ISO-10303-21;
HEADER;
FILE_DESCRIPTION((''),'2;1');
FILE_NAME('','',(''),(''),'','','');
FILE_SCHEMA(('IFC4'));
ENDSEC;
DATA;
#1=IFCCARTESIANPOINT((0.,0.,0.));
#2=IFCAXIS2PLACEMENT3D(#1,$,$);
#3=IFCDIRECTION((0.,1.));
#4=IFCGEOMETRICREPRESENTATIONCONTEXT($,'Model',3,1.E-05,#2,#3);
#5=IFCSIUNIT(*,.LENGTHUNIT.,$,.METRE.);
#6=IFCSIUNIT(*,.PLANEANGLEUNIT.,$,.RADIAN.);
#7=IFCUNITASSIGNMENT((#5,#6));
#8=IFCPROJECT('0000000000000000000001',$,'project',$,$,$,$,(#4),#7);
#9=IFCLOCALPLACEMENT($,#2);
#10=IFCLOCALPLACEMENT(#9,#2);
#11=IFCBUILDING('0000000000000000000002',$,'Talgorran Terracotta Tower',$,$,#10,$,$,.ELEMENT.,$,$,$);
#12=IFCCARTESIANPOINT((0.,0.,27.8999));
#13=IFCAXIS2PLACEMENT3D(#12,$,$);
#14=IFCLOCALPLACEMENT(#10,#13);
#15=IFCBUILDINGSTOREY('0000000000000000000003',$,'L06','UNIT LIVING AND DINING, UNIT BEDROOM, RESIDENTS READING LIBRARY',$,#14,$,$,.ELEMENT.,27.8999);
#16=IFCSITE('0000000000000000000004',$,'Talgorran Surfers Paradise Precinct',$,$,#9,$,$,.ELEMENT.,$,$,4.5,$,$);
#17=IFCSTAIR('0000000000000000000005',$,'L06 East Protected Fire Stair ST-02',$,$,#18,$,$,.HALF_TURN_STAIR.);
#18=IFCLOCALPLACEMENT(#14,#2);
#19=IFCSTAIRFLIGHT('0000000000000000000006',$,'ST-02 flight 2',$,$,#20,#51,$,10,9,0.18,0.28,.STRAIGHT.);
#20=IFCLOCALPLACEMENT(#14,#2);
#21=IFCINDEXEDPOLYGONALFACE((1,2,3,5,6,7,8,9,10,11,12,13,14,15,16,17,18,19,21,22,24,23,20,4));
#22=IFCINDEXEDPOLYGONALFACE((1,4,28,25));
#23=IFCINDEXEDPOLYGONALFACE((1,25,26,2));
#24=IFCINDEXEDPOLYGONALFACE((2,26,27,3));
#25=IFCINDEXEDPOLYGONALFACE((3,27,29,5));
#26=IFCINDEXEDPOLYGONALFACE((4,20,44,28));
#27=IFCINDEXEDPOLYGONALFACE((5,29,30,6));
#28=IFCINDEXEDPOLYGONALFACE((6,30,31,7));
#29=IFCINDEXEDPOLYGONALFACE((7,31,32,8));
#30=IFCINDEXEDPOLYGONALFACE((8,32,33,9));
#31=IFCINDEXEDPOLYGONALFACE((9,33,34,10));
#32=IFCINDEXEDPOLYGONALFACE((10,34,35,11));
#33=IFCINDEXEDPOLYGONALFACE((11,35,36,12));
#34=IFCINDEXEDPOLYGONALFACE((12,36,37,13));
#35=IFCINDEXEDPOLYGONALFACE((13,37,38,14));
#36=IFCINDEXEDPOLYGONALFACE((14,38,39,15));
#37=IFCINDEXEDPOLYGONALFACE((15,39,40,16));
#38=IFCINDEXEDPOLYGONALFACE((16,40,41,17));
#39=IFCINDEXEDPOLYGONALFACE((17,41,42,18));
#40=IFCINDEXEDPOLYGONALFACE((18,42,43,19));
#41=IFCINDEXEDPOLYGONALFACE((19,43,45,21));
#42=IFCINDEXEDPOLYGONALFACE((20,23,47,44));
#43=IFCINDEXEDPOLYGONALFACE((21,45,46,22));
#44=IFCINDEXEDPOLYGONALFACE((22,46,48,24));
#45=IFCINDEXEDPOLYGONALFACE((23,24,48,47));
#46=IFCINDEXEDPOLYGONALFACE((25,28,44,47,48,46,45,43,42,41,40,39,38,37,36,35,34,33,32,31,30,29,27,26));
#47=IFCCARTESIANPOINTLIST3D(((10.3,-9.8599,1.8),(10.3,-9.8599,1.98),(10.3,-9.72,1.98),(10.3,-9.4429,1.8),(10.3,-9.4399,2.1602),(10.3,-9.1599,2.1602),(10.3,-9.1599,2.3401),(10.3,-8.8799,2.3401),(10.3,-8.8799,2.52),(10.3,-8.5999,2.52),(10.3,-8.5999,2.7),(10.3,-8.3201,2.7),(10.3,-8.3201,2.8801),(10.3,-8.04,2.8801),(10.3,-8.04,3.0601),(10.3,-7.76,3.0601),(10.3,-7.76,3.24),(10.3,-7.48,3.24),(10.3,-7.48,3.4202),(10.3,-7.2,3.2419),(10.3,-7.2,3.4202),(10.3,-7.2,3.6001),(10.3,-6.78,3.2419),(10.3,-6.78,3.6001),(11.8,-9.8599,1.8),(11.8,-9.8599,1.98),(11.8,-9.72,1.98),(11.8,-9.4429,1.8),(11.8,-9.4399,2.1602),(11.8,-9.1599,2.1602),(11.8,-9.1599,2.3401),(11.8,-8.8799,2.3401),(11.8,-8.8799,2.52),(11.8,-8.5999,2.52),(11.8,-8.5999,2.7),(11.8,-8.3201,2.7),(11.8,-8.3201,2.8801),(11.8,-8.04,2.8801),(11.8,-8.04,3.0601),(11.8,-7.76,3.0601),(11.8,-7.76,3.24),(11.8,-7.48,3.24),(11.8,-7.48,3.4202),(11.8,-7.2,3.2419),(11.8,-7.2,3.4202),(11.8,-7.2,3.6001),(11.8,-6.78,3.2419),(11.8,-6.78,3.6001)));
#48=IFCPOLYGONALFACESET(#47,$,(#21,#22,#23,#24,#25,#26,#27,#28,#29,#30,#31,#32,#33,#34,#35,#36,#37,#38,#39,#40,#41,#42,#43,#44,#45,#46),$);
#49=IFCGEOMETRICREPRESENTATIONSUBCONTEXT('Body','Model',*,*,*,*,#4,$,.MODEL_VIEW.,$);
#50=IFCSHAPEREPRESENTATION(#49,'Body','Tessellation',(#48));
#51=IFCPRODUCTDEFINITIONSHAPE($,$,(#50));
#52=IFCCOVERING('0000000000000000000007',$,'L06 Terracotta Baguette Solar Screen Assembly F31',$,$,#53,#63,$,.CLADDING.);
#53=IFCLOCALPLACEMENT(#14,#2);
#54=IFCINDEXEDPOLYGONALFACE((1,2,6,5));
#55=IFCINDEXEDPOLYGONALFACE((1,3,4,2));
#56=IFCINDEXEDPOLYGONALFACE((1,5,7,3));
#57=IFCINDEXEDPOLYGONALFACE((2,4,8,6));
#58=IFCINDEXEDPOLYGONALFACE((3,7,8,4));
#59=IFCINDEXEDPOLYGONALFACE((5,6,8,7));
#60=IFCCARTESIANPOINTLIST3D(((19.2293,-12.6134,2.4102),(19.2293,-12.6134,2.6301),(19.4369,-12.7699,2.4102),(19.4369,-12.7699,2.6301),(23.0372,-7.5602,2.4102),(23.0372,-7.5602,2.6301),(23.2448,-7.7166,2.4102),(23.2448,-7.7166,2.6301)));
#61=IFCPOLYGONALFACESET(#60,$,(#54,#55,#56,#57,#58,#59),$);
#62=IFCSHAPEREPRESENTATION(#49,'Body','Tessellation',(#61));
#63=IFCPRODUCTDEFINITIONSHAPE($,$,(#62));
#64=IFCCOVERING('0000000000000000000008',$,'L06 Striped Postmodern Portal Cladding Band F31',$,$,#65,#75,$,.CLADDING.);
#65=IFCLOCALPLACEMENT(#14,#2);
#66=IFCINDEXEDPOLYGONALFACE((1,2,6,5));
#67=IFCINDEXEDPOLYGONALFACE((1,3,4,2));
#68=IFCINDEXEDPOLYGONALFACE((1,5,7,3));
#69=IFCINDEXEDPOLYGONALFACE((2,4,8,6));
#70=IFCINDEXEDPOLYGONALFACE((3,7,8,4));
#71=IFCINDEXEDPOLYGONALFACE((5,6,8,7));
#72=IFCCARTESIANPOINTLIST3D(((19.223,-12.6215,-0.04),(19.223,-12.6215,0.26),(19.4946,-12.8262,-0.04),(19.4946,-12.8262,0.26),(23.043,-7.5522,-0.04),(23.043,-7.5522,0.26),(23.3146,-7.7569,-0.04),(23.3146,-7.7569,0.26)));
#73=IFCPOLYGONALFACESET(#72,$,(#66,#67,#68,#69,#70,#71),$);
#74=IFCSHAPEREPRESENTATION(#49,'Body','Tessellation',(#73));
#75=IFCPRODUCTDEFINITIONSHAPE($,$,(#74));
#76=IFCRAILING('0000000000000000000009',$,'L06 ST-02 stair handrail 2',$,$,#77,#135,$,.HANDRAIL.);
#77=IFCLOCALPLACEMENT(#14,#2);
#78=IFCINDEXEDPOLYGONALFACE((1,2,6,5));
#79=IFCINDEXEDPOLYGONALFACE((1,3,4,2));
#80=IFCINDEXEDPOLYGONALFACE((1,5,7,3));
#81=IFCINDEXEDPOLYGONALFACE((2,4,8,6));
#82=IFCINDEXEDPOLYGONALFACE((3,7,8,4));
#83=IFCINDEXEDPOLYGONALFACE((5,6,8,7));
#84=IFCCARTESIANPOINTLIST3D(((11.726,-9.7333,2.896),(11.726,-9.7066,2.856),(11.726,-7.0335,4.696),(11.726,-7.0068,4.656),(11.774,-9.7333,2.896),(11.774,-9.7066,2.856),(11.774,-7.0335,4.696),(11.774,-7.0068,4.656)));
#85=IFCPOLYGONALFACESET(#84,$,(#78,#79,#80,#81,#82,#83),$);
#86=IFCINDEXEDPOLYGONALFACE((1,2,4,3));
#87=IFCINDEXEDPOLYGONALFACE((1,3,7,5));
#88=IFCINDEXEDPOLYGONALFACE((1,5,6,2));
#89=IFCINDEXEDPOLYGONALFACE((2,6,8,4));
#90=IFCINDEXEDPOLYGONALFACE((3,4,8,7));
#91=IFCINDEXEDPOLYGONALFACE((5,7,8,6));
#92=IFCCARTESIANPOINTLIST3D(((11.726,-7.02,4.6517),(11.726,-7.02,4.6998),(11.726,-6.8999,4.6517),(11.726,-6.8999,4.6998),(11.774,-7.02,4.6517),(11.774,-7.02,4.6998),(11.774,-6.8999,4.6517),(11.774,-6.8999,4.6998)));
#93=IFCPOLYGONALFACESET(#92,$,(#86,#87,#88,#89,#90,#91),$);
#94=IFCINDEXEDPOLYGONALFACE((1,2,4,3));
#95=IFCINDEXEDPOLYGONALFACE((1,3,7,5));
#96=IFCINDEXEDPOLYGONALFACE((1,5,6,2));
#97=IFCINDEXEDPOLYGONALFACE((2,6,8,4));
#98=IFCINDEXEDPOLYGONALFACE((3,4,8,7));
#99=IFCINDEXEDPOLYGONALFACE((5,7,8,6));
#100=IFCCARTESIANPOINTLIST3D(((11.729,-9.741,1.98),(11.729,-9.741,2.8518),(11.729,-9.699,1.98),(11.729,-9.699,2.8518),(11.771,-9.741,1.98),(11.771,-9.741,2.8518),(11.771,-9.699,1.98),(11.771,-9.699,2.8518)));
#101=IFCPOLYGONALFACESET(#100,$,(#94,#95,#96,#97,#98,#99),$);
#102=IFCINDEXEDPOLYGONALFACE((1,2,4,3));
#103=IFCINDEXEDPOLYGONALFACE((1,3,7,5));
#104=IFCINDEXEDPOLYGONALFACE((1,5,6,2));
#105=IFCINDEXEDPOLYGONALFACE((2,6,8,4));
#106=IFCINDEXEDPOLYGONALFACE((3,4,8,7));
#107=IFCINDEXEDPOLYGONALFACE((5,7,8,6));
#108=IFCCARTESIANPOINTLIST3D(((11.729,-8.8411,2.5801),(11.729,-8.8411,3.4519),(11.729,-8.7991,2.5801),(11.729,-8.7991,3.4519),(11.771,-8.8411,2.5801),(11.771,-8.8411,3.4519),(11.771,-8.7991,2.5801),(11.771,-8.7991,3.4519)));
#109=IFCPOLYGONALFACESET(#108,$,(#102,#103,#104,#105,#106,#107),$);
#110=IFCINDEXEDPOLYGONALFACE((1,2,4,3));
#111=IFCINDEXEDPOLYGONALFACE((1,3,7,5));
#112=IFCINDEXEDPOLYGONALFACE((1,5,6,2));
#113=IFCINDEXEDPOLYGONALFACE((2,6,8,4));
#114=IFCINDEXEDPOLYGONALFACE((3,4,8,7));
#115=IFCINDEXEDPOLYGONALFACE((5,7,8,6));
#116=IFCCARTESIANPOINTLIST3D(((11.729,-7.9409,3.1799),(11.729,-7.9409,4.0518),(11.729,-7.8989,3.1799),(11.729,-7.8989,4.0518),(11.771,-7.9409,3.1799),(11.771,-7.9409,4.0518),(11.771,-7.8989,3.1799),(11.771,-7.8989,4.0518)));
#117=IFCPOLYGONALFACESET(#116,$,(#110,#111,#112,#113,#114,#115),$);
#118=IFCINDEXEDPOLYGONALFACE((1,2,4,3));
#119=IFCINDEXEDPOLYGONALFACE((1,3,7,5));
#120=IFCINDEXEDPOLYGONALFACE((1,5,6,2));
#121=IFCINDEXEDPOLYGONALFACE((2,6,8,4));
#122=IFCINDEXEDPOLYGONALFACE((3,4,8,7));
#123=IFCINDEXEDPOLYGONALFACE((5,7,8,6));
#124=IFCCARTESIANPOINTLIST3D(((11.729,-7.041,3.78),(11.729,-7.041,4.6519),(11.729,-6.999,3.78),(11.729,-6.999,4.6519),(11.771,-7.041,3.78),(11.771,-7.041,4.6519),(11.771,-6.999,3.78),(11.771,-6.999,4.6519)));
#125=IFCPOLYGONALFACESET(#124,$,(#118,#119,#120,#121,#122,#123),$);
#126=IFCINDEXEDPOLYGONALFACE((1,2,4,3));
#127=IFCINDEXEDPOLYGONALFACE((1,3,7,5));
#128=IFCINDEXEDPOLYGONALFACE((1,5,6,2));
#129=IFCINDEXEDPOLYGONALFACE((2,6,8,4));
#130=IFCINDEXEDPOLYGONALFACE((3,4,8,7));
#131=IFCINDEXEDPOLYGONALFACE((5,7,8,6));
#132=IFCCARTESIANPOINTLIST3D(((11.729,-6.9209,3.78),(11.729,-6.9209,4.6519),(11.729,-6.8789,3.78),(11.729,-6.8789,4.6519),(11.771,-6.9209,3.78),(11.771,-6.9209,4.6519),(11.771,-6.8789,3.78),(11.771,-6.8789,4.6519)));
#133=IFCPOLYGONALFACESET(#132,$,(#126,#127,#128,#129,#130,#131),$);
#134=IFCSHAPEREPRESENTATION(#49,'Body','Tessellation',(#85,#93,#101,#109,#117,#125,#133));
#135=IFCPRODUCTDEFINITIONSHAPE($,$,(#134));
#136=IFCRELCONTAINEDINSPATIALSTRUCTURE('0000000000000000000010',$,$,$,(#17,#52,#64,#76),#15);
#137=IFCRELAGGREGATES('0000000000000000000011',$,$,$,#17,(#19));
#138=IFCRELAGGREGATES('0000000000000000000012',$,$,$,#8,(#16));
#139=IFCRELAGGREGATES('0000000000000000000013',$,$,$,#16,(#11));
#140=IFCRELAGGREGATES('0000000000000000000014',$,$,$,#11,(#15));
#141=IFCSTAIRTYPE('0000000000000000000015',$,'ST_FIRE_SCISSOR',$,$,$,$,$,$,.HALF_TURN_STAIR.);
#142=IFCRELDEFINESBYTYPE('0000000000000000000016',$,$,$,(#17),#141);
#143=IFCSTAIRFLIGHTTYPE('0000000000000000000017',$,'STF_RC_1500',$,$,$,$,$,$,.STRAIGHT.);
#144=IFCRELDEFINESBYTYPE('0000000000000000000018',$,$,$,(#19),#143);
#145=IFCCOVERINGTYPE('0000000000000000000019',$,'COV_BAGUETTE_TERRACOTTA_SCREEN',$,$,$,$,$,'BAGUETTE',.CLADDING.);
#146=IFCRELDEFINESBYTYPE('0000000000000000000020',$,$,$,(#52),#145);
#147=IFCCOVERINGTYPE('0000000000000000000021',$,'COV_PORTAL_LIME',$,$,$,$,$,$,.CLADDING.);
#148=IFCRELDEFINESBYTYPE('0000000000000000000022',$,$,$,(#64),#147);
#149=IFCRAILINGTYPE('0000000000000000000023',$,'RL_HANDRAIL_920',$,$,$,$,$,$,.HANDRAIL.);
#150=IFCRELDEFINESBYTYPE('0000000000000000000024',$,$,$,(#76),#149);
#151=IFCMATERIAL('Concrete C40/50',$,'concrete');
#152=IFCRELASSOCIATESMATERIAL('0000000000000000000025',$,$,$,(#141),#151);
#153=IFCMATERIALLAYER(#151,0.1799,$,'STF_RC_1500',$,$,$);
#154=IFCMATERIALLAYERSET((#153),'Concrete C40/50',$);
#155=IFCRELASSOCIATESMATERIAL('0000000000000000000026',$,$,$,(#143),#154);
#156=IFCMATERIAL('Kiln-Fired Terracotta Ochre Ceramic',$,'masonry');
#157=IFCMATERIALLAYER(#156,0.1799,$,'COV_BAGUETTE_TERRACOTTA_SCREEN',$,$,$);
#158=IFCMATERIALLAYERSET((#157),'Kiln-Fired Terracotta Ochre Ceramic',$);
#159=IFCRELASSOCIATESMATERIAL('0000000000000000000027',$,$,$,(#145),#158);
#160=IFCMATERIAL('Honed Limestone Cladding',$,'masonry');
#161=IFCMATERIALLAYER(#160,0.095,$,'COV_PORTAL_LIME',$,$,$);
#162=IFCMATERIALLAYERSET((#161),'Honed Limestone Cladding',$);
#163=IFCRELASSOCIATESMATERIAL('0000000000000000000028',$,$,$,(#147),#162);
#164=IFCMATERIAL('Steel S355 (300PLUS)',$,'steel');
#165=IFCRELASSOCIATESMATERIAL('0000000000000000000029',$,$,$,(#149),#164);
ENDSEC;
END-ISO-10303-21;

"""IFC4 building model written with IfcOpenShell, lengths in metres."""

from ifc_helpers import new_model, si_unit, direction, frame, origin, origin_2d, place, context, subcontext, project, spatial, polyline, rectangle, outline, extrude, material, layer, layer_set, type_object, element, aggregate, save


model = new_model("IFC4")

# Units and contexts
model_context = context("Model", 3, precision=1e-05, world=origin(), true_north=direction((0.0, 1.0)))
body_context = subcontext(model_context, "Body", "Model", "MODEL_VIEW")
ifc_project = project(units=[si_unit("LENGTHUNIT", "METRE"), si_unit("PLANEANGLEUNIT", "RADIAN")], contexts=[model_context])

# Site, building, storey
site_placement = place(None, origin())
site = spatial("IfcSite", under=ifc_project, at=site_placement, Name="Talgorran Surfers Paradise Precinct", CompositionType="ELEMENT", RefElevation=4.5)
building_placement = place(site_placement, origin())
building = spatial("IfcBuilding", under=site, at=building_placement, Name="Talgorran Terracotta Tower", CompositionType="ELEMENT")
storey_placement = place(building_placement, frame((0.0, 0.0, 27.8999)))
storey = spatial("IfcBuildingStorey", under=building, at=storey_placement, Name="L06", Description="UNIT LIVING AND DINING, UNIT BEDROOM, RESIDENTS READING LIBRARY", CompositionType="ELEMENT", Elevation=27.8999)

# Shared definitions
ifc_material_1 = material(Name="Steel S355 (300PLUS)", Category="steel")

# Stair, stair flight
ifc_material_2 = material(Name="Concrete C40/50", Category="concrete")
stair_type = type_object("IfcStairType", Name="ST_FIRE_SCISSOR", PredefinedType="HALF_TURN_STAIR", material=ifc_material_2)
stair_placement = place(storey_placement, origin())
stair = element("IfcStair", 1, at=stair_placement, inside=storey, type_object=stair_type, Name="L06 East Protected Fire Stair ST-02", PredefinedType="HALF_TURN_STAIR")
ifc_layer_1 = layer(ifc_material_2, 0.1799, Name="STF_RC_1500")
ifc_layer_set_1 = layer_set([ifc_layer_1], Name="Concrete C40/50")
stair_flight_type = type_object("IfcStairFlightType", Name="STF_RC_1500", PredefinedType="STRAIGHT", material=ifc_layer_set_1)
stair_flight_placement = place(storey_placement, frame((11.05, -9.72, 1.8), z_axis=(0.0, 0.0, 1.0), x_axis=(0.0, 1.0, 0.0)))
stair_flight = element("IfcStairFlight", 2, at=stair_flight_placement, type_object=stair_flight_type, Name="ST-02 flight 2", NumberOfRisers=10, NumberOfTreads=9, PredefinedType="STRAIGHT", RiserHeight=0.18, TreadLength=0.28, context=body_context, shape_type="SweptSolid", body=[
    extrude(outline(polyline([(-0.1399, 0.0), (-0.1399, 0.1799), (0.0, 0.1799), (0.28, 0.3601), (0.5601, 0.3601), (0.5601, 0.54), (0.8401, 0.54), (0.8401, 0.72), (1.1201, 0.72), (1.1201, 0.8999), (1.3999, 0.8999), (1.3999, 1.0801), (1.6799, 1.0801), (1.6799, 1.26), (1.96, 1.26), (1.96, 1.4399), (2.24, 1.4399), (2.24, 1.6201), (2.52, 1.6201), (2.52, 1.8), (2.9399, 1.8), (2.9399, 1.4419), (2.52, 1.4419), (0.2771, 0.0), (-0.1399, 0.0)])), frame((0.0, 0.75, 0.0), z_axis=(0.0, -1.0, 0.0), x_axis=(1.0, 0.0, 0.0)), (0.0, 0.0, 1.0), 1.5),
])
aggregate(stair, [stair_flight])

# Coverings
ifc_material_3 = material(Name="Kiln-Fired Terracotta Ochre Ceramic", Category="masonry")
ifc_layer_2 = layer(ifc_material_3, 0.1799, Name="COV_BAGUETTE_TERRACOTTA_SCREEN")
ifc_layer_set_2 = layer_set([ifc_layer_2], Name="Kiln-Fired Terracotta Ochre Ceramic")
covering_type_1 = type_object("IfcCoveringType", Name="COV_BAGUETTE_TERRACOTTA_SCREEN", ElementType="BAGUETTE", PredefinedType="CLADDING", material=ifc_layer_set_2)
covering_1_placement = place(storey_placement, frame((21.2371, -10.165, 2.4102), z_axis=(0.0, 0.0, 1.0), x_axis=(0.601815, 0.798636, 0.0)))
element("IfcCovering", 3, at=covering_1_placement, inside=storey, type_object=covering_type_1, Name="L06 Terracotta Baguette Solar Screen Assembly F31", PredefinedType="CLADDING", context=body_context, shape_type="SweptSolid", body=[
    extrude(rectangle(XDim=6.3274, YDim=0.26, at=origin_2d()), origin(), (0.0, 0.0, 1.0), 0.22),
])
ifc_material_4 = material(Name="Honed Limestone Cladding", Category="masonry")
ifc_layer_3 = layer(ifc_material_4, 0.095, Name="COV_PORTAL_LIME")
ifc_layer_set_3 = layer_set([ifc_layer_3], Name="Honed Limestone Cladding")
covering_type_2 = type_object("IfcCoveringType", Name="COV_PORTAL_LIME", PredefinedType="CLADDING", material=ifc_layer_set_3)
covering_2_placement = place(storey_placement, frame((21.2688, -10.1892, -0.04), z_axis=(0.0, 0.0, 1.0), x_axis=(0.601815, 0.798636, 0.0)))
element("IfcCovering", 4, at=covering_2_placement, inside=storey, type_object=covering_type_2, Name="L06 Striped Postmodern Portal Cladding Band F31", PredefinedType="CLADDING", context=body_context, shape_type="SweptSolid", body=[
    extrude(rectangle(XDim=6.3474, YDim=0.3401, at=origin_2d()), origin(), (0.0, 0.0, 1.0), 0.3),
])

# Railing
railing_type = type_object("IfcRailingType", Name="RL_HANDRAIL_920", PredefinedType="HANDRAIL", material=ifc_material_1)
railing_placement = place(storey_placement, frame((11.75, -9.72, 1.98)))
element("IfcRailing", 5, at=railing_placement, inside=storey, type_object=railing_type, Name="L06 ST-02 stair handrail 2", PredefinedType="HANDRAIL", context=body_context, shape_type="SweptSolid", body=[
    extrude(rectangle(XDim=0.0481, YDim=0.0481, at=origin_2d()), frame((0.0, 0.0, 0.896), z_axis=(0.0, 0.832039, 0.554718), x_axis=(-1.0, 0.0, 0.0)), (0.0, 0.0, 1.0), 3.2449),
    extrude(rectangle(XDim=0.0481, YDim=0.0481, at=origin_2d()), frame((0.0, 2.7, 2.6958), z_axis=(0.0, 1.0, 0.0), x_axis=(-1.0, 0.0, 0.0)), (0.0, 0.0, 1.0), 0.1201),
    extrude(rectangle(XDim=0.042, YDim=0.042, at=origin_2d()), origin(), (0.0, 0.0, 1.0), 0.8718),
    extrude(rectangle(XDim=0.042, YDim=0.042, at=origin_2d()), frame((0.0, 0.8999, 0.6001)), (0.0, 0.0, 1.0), 0.8718),
    extrude(rectangle(XDim=0.042, YDim=0.042, at=origin_2d()), frame((0.0, 1.8, 1.2)), (0.0, 0.0, 1.0), 0.8718),
    extrude(rectangle(XDim=0.042, YDim=0.042, at=origin_2d()), frame((0.0, 2.7, 1.8)), (0.0, 0.0, 1.0), 0.8718),
    extrude(rectangle(XDim=0.042, YDim=0.042, at=origin_2d()), frame((0.0, 2.8201, 1.8)), (0.0, 0.0, 1.0), 0.8718),
])

save(model, "model.ifc")
